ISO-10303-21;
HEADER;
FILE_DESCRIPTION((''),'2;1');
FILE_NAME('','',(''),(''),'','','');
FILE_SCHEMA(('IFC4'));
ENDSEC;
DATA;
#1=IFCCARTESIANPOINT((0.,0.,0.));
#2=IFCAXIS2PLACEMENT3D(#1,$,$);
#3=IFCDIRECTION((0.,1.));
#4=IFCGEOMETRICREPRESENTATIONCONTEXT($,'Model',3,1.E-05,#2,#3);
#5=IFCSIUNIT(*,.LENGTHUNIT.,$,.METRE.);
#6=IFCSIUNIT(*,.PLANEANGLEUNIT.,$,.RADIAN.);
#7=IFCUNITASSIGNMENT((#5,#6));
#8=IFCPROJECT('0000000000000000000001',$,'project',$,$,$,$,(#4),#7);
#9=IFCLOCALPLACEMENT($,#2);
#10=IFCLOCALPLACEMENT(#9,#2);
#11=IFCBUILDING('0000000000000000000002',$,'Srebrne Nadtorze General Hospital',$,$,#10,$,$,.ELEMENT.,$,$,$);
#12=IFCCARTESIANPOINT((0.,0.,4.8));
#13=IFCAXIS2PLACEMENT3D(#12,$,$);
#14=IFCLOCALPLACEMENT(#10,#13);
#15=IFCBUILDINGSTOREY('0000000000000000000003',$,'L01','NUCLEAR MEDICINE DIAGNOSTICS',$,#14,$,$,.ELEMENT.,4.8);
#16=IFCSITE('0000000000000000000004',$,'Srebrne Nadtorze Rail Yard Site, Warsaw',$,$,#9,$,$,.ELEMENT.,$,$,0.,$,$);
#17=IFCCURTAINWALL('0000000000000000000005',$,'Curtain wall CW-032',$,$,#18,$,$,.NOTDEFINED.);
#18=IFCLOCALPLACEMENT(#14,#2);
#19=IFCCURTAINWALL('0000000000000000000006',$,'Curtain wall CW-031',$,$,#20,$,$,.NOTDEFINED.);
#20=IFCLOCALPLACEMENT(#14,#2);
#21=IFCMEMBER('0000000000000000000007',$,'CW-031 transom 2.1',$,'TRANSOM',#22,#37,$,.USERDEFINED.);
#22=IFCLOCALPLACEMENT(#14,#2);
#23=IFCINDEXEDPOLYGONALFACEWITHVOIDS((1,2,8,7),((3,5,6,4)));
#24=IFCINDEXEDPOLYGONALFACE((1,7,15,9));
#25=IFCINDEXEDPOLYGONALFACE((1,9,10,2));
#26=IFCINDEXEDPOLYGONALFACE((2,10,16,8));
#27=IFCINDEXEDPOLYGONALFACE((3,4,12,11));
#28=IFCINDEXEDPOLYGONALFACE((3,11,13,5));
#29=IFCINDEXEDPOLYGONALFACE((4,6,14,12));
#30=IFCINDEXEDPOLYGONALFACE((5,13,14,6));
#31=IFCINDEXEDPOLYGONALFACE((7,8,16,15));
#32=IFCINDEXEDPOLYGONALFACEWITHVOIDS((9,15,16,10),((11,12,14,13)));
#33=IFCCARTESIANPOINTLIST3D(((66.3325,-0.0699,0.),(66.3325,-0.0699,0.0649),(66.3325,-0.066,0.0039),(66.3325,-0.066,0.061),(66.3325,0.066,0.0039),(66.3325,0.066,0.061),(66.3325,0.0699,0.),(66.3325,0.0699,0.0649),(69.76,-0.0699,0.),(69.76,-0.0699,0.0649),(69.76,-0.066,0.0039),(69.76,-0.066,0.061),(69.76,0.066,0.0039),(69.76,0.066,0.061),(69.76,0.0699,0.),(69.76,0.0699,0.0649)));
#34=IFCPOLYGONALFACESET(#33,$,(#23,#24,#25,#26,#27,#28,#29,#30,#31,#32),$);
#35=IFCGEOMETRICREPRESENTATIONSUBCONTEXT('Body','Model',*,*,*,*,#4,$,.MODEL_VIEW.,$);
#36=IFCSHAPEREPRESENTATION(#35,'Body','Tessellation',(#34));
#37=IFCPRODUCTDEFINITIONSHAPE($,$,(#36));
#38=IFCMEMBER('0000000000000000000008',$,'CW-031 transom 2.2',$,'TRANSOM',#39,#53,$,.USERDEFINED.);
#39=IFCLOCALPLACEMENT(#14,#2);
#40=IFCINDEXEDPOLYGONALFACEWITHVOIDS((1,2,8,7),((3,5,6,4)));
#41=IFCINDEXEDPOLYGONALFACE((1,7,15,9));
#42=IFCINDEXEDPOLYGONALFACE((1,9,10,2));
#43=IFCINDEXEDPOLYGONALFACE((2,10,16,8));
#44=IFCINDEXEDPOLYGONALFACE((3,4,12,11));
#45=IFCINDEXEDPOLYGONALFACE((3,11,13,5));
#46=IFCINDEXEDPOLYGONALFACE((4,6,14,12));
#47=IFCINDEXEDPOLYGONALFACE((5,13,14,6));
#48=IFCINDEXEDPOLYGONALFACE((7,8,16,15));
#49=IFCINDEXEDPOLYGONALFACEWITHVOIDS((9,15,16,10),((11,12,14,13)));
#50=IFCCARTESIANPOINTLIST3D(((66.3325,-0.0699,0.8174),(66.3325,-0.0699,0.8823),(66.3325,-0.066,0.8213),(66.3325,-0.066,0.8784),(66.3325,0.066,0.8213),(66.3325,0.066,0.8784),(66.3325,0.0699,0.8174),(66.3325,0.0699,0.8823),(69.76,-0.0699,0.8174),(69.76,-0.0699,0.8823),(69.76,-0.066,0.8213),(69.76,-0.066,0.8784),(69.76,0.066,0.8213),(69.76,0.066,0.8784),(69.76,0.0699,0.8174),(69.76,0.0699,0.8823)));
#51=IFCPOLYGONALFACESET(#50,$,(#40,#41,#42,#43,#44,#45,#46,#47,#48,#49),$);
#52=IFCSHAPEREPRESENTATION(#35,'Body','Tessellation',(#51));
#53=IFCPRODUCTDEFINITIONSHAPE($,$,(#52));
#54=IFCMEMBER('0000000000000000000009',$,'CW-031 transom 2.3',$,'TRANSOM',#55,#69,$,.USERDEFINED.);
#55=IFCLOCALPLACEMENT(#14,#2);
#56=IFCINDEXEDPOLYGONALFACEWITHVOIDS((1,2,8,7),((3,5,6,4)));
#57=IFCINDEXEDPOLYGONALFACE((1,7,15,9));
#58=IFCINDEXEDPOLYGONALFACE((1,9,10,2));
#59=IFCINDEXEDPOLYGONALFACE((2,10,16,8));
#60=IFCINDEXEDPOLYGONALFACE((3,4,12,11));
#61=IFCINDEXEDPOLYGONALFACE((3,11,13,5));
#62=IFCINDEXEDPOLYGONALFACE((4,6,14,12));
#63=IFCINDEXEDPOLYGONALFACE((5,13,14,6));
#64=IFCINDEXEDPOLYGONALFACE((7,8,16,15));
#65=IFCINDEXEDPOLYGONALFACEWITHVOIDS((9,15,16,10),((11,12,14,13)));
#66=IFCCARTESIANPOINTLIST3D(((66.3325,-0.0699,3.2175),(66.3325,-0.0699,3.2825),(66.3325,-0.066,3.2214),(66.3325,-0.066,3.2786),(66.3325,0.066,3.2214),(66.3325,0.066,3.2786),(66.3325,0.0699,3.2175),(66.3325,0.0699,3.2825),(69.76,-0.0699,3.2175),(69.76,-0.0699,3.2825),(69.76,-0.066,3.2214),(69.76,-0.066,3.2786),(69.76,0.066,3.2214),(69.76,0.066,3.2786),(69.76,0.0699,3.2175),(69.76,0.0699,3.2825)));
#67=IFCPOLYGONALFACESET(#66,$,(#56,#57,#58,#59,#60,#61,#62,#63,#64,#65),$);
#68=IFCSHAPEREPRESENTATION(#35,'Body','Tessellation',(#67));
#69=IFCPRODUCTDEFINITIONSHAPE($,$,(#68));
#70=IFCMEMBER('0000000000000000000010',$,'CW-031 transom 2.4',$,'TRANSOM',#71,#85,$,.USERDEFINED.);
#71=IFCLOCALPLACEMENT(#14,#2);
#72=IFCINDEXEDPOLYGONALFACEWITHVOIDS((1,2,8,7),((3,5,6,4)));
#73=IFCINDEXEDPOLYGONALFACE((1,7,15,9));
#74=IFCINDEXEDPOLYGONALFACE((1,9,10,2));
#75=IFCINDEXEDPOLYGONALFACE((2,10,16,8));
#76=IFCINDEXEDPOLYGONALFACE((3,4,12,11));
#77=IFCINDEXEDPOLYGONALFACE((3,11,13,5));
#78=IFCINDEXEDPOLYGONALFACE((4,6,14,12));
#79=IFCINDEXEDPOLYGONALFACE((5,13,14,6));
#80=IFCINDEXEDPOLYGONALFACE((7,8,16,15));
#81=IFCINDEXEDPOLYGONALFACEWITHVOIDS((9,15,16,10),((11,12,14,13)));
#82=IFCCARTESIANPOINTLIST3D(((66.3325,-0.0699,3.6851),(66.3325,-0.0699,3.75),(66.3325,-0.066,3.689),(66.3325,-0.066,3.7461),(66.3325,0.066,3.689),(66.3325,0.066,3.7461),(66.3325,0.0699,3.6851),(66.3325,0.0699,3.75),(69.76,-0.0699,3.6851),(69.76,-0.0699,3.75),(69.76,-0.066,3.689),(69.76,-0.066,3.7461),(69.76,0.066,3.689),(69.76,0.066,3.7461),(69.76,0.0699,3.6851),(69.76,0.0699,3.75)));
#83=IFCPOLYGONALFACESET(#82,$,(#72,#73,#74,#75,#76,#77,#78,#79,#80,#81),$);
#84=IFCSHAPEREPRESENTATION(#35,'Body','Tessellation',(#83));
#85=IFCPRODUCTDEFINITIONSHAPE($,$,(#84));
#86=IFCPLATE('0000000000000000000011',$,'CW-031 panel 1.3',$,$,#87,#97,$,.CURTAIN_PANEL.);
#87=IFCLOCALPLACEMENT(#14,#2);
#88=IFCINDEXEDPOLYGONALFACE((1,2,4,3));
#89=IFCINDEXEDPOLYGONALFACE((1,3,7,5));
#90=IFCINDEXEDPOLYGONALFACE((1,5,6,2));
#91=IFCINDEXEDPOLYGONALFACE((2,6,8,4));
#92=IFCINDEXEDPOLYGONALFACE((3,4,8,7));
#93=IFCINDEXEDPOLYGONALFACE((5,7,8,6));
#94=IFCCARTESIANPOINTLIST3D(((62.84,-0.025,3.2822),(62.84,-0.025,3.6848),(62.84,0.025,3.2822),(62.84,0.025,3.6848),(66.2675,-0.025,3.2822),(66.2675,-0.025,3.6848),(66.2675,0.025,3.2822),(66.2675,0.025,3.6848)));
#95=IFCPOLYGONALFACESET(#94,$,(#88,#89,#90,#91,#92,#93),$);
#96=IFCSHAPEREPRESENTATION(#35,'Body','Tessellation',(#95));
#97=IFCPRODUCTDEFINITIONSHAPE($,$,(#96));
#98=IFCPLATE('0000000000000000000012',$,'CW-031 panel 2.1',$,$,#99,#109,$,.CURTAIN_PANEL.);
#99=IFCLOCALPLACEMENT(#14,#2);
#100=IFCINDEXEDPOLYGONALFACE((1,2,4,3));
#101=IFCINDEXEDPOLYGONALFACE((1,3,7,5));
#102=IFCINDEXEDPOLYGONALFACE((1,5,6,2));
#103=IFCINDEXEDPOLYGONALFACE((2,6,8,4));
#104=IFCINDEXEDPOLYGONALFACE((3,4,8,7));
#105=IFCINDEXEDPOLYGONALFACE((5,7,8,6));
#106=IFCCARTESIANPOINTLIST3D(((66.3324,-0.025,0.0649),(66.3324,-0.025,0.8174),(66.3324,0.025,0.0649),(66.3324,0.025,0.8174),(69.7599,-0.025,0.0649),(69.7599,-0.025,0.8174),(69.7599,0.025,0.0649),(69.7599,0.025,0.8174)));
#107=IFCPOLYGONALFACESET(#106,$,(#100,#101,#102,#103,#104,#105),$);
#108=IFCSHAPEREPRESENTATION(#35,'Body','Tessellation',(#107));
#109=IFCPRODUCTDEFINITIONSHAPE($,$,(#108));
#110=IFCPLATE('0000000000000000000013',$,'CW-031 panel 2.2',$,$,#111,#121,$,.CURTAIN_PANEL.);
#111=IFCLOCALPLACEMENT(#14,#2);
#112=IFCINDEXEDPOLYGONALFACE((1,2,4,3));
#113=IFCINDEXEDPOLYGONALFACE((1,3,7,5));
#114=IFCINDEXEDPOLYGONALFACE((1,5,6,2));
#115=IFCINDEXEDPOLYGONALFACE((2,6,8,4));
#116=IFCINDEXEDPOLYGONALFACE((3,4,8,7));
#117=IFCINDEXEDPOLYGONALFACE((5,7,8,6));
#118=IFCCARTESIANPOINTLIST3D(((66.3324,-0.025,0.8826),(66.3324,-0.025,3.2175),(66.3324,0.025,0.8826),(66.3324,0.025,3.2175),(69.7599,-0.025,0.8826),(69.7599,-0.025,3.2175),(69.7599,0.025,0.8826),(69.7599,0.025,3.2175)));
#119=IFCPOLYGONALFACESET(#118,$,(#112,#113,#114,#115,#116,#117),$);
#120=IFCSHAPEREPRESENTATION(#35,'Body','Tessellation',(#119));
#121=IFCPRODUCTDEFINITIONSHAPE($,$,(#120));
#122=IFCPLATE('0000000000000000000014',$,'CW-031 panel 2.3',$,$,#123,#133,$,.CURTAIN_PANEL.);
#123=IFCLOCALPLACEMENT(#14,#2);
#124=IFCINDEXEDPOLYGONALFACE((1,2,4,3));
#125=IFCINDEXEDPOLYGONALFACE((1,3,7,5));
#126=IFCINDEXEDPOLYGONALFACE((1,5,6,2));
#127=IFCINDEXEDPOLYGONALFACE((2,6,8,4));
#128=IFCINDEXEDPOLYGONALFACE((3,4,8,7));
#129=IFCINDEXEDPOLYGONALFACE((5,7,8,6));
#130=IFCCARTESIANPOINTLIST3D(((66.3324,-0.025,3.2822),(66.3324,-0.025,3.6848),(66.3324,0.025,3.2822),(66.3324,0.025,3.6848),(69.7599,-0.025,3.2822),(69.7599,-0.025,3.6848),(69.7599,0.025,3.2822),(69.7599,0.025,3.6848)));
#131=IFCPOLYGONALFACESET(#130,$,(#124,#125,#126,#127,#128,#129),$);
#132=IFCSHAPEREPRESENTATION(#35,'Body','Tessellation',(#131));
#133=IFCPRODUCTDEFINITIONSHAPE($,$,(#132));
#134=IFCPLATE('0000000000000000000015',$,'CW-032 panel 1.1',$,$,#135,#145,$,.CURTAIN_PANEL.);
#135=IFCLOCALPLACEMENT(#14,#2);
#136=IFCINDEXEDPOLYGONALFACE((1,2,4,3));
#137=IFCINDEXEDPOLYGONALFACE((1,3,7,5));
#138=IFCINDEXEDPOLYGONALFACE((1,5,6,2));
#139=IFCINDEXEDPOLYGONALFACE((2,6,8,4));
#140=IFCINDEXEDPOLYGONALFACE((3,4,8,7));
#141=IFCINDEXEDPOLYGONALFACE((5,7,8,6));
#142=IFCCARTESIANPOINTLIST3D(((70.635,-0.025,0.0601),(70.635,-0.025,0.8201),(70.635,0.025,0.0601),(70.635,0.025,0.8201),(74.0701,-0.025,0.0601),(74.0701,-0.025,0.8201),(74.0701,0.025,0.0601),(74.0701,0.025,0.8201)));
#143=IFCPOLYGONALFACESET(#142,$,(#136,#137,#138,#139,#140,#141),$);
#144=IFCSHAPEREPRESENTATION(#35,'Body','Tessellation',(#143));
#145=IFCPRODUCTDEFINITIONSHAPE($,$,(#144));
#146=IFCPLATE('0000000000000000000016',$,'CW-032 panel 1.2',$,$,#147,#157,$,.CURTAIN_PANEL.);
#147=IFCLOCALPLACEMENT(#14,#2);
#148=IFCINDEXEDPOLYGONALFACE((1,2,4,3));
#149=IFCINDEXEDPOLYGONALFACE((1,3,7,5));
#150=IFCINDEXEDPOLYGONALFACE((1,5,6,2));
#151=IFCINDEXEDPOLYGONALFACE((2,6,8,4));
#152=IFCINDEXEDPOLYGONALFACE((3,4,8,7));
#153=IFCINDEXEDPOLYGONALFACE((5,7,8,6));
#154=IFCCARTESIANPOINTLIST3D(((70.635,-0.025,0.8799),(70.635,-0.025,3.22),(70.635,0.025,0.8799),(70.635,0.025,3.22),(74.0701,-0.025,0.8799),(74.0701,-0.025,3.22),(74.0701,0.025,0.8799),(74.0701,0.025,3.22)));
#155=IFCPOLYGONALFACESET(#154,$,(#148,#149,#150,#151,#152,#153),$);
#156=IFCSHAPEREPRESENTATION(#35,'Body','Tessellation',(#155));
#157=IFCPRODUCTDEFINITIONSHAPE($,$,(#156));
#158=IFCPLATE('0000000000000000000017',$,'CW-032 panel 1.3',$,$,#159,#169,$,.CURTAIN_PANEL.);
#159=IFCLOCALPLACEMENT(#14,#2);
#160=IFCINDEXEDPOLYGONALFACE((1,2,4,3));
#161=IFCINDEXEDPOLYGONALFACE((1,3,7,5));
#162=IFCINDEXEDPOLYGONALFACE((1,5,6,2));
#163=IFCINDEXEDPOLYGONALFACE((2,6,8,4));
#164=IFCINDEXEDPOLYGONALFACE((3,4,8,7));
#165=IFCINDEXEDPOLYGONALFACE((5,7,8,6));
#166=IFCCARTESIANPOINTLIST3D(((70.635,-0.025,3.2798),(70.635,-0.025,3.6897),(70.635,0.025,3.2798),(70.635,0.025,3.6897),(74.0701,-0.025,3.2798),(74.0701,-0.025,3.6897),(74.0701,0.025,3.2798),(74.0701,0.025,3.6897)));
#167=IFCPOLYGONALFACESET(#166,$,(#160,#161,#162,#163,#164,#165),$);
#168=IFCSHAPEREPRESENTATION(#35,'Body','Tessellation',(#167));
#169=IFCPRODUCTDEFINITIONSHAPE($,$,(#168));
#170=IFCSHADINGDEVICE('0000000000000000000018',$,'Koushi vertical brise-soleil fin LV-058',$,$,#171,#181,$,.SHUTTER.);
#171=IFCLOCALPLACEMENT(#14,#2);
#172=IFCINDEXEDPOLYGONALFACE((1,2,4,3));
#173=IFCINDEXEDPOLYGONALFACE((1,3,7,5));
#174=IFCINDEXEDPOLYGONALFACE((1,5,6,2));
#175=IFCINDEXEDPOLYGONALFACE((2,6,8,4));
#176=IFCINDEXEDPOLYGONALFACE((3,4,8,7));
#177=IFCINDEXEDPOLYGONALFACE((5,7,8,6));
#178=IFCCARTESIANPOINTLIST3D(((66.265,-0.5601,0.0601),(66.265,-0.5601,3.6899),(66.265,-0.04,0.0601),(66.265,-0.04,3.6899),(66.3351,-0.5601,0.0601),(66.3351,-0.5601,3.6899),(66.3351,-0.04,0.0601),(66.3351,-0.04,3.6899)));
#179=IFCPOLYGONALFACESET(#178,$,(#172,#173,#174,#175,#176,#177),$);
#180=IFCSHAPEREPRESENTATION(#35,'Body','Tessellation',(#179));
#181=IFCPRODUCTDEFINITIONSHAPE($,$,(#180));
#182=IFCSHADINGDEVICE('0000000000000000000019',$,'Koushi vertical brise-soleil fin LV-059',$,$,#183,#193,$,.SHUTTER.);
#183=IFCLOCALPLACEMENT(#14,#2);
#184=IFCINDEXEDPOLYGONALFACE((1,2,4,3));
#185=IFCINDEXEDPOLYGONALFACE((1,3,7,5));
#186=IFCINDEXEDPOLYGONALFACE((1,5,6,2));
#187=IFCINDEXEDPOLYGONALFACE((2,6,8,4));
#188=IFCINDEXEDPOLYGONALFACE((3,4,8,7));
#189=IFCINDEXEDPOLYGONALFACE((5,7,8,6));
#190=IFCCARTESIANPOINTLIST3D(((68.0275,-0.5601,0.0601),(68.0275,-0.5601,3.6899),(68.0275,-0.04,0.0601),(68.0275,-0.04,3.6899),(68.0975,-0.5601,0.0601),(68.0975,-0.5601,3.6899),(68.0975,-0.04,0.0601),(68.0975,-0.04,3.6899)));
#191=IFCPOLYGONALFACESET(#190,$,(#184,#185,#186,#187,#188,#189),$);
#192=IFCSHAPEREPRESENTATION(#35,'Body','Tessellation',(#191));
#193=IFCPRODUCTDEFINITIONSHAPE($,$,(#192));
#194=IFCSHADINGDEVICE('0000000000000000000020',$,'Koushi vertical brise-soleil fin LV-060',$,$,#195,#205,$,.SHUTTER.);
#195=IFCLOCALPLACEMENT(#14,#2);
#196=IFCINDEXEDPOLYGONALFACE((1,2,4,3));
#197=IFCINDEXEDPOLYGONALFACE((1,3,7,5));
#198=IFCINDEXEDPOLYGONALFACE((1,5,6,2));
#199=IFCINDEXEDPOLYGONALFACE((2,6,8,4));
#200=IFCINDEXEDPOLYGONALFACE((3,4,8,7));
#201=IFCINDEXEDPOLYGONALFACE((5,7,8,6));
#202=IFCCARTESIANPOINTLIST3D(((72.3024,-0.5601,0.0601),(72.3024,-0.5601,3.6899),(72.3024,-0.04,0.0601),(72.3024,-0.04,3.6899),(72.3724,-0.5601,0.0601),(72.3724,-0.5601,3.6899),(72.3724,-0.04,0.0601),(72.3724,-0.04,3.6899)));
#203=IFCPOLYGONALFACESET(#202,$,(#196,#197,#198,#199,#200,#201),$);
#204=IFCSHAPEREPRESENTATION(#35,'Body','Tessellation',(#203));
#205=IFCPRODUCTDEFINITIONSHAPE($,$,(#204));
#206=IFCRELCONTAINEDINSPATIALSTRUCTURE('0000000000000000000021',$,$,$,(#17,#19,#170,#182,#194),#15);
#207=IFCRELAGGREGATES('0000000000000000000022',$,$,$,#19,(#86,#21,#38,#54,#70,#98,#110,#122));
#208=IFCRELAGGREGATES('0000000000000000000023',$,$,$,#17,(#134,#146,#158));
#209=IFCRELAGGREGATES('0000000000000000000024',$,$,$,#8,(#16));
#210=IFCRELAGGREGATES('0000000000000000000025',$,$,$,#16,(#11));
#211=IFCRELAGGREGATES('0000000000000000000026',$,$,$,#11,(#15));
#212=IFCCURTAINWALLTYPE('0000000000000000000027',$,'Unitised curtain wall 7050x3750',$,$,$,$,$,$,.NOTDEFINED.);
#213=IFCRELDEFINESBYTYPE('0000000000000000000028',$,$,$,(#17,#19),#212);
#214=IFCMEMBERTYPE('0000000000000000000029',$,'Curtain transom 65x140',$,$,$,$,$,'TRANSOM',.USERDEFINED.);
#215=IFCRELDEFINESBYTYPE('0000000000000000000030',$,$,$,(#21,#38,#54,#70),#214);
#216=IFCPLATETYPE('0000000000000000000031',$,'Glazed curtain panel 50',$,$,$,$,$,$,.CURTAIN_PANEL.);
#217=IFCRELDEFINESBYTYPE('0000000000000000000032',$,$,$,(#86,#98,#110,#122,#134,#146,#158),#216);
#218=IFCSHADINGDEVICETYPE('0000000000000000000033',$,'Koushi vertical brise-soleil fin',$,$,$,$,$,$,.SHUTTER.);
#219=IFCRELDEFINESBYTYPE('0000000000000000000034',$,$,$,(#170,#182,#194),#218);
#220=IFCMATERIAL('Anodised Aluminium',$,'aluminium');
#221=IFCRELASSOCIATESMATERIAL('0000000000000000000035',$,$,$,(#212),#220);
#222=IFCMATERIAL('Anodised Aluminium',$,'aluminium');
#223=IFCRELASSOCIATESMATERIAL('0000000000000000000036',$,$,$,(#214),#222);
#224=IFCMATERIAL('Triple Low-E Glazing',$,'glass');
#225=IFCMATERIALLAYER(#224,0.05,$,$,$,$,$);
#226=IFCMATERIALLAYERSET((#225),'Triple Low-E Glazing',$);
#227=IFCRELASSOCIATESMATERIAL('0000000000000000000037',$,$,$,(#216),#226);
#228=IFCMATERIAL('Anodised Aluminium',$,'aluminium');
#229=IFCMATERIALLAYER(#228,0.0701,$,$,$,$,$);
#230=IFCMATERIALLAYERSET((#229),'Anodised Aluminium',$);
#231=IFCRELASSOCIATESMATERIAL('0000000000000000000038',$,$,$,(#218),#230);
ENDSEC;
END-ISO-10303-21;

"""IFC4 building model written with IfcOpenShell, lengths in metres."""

from ifc_helpers import new_model, si_unit, direction, frame, origin, origin_2d, place, context, subcontext, project, spatial, rectangle, hollow_rectangle, extrude, material, layer, layer_set, material_profile, profile_set, type_object, element, aggregate, save


model = new_model("IFC4")

# Units and contexts
model_context = context("Model", 3, precision=1e-05, world=origin(), true_north=direction((0.0, 1.0)))
body_context = subcontext(model_context, "Body", "Model", "MODEL_VIEW")
ifc_project = project(units=[si_unit("LENGTHUNIT", "METRE"), si_unit("PLANEANGLEUNIT", "RADIAN")], contexts=[model_context])

# Site, building, storey
site_placement = place(None, origin())
site = spatial("IfcSite", under=ifc_project, at=site_placement, Name="Srebrne Nadtorze Rail Yard Site, Warsaw", CompositionType="ELEMENT", RefElevation=0.0)
building_placement = place(site_placement, origin())
building = spatial("IfcBuilding", under=site, at=building_placement, Name="Srebrne Nadtorze General Hospital", CompositionType="ELEMENT")
storey_placement = place(building_placement, frame((0.0, 0.0, 4.8)))
storey = spatial("IfcBuildingStorey", under=building, at=storey_placement, Name="L01", Description="NUCLEAR MEDICINE DIAGNOSTICS", CompositionType="ELEMENT", Elevation=4.8)

# Curtain walls
ifc_material_1 = material(Name="Anodised Aluminium", Category="aluminium")
curtain_wall_type = type_object("IfcCurtainWallType", Name="Unitised curtain wall 7050x3750", PredefinedType="NOTDEFINED", material=ifc_material_1)
curtain_wall_1_placement = place(storey_placement, origin())
curtain_wall_1 = element("IfcCurtainWall", 1, at=curtain_wall_1_placement, inside=storey, type_object=curtain_wall_type, Name="Curtain wall CW-032", PredefinedType="NOTDEFINED")
curtain_wall_2_placement = place(storey_placement, origin())
curtain_wall_2 = element("IfcCurtainWall", 2, at=curtain_wall_2_placement, inside=storey, type_object=curtain_wall_type, Name="Curtain wall CW-031", PredefinedType="NOTDEFINED")

# Members
ifc_material_2 = material(Name="Anodised Aluminium", Category="aluminium")
ifc_material_profile_1 = material_profile(ifc_material_2, hollow_rectangle(XDim=0.0649, YDim=0.1399, WallThickness=0.0039, at=origin_2d()), Name="AL-TRN-65x140")
ifc_profile_set_1 = profile_set([ifc_material_profile_1], Name="Anodised Aluminium")
member_type_1 = type_object("IfcMemberType", Name="Curtain transom 65x140", ElementType="TRANSOM", PredefinedType="USERDEFINED", material=ifc_profile_set_1)
member_1_placement = place(storey_placement, frame((66.3325, 0.0, 0.0325), z_axis=(1.0, 0.0, 0.0), x_axis=(0.0, 0.0, 1.0)))
member_1 = element("IfcMember", 3, at=member_1_placement, type_object=member_type_1, Name="CW-031 transom 2.1", ObjectType="TRANSOM", PredefinedType="USERDEFINED", context=body_context, shape_type="SweptSolid", body=[
    extrude(hollow_rectangle(XDim=0.0649, YDim=0.1399, WallThickness=0.0039, at=origin_2d()), origin(), (0.0, 0.0, 1.0), 3.4275),
])
member_2_placement = place(storey_placement, frame((66.3325, 0.0, 0.8499), z_axis=(1.0, 0.0, 0.0), x_axis=(0.0, 0.0, 1.0)))
member_2 = element("IfcMember", 4, at=member_2_placement, type_object=member_type_1, Name="CW-031 transom 2.2", ObjectType="TRANSOM", PredefinedType="USERDEFINED", context=body_context, shape_type="SweptSolid", body=[
    extrude(hollow_rectangle(XDim=0.0649, YDim=0.1399, WallThickness=0.0039, at=origin_2d()), origin(), (0.0, 0.0, 1.0), 3.4275),
])
member_3_placement = place(storey_placement, frame((66.3325, 0.0, 3.25), z_axis=(1.0, 0.0, 0.0), x_axis=(0.0, 0.0, 1.0)))
member_3 = element("IfcMember", 5, at=member_3_placement, type_object=member_type_1, Name="CW-031 transom 2.3", ObjectType="TRANSOM", PredefinedType="USERDEFINED", context=body_context, shape_type="SweptSolid", body=[
    extrude(hollow_rectangle(XDim=0.0649, YDim=0.1399, WallThickness=0.0039, at=origin_2d()), origin(), (0.0, 0.0, 1.0), 3.4275),
])
member_4_placement = place(storey_placement, frame((66.3325, 0.0, 3.7175), z_axis=(1.0, 0.0, 0.0), x_axis=(0.0, 0.0, 1.0)))
member_4 = element("IfcMember", 6, at=member_4_placement, type_object=member_type_1, Name="CW-031 transom 2.4", ObjectType="TRANSOM", PredefinedType="USERDEFINED", context=body_context, shape_type="SweptSolid", body=[
    extrude(hollow_rectangle(XDim=0.0649, YDim=0.1399, WallThickness=0.0039, at=origin_2d()), origin(), (0.0, 0.0, 1.0), 3.4275),
])

# Plates
ifc_material_3 = material(Name="Triple Low-E Glazing", Category="glass")
ifc_layer_1 = layer(ifc_material_3, 0.05)
ifc_layer_set_1 = layer_set([ifc_layer_1], Name="Triple Low-E Glazing")
plate_type = type_object("IfcPlateType", Name="Glazed curtain panel 50", PredefinedType="CURTAIN_PANEL", material=ifc_layer_set_1)
plate_1_placement = place(storey_placement, frame((64.5537, 0.0, 3.2822), z_axis=(0.0, 0.0, 1.0), x_axis=(1.0, 0.0, 0.0)))
plate_1 = element("IfcPlate", 7, at=plate_1_placement, type_object=plate_type, Name="CW-031 panel 1.3", PredefinedType="CURTAIN_PANEL", context=body_context, shape_type="SweptSolid", body=[
    extrude(rectangle(XDim=3.4275, YDim=0.05, at=origin_2d()), origin(), (0.0, 0.0, 1.0), 0.4026),
])
plate_2_placement = place(storey_placement, frame((68.0461, 0.0, 0.0649), z_axis=(0.0, 0.0, 1.0), x_axis=(1.0, 0.0, 0.0)))
plate_2 = element("IfcPlate", 8, at=plate_2_placement, type_object=plate_type, Name="CW-031 panel 2.1", PredefinedType="CURTAIN_PANEL", context=body_context, shape_type="SweptSolid", body=[
    extrude(rectangle(XDim=3.4275, YDim=0.05, at=origin_2d()), origin(), (0.0, 0.0, 1.0), 0.7524),
])
plate_3_placement = place(storey_placement, frame((68.0461, 0.0, 0.8826), z_axis=(0.0, 0.0, 1.0), x_axis=(1.0, 0.0, 0.0)))
plate_3 = element("IfcPlate", 9, at=plate_3_placement, type_object=plate_type, Name="CW-031 panel 2.2", PredefinedType="CURTAIN_PANEL", context=body_context, shape_type="SweptSolid", body=[
    extrude(rectangle(XDim=3.4275, YDim=0.05, at=origin_2d()), origin(), (0.0, 0.0, 1.0), 2.335),
])
plate_4_placement = place(storey_placement, frame((68.0461, 0.0, 3.2822), z_axis=(0.0, 0.0, 1.0), x_axis=(1.0, 0.0, 0.0)))
plate_4 = element("IfcPlate", 10, at=plate_4_placement, type_object=plate_type, Name="CW-031 panel 2.3", PredefinedType="CURTAIN_PANEL", context=body_context, shape_type="SweptSolid", body=[
    extrude(rectangle(XDim=3.4275, YDim=0.05, at=origin_2d()), origin(), (0.0, 0.0, 1.0), 0.4026),
])
aggregate(curtain_wall_2, [plate_1, member_1, member_2, member_3, member_4, plate_2, plate_3, plate_4])
plate_5_placement = place(storey_placement, frame((72.3525, 0.0, 0.0601), z_axis=(0.0, 0.0, 1.0), x_axis=(1.0, 0.0, 0.0)))
plate_5 = element("IfcPlate", 11, at=plate_5_placement, type_object=plate_type, Name="CW-032 panel 1.1", PredefinedType="CURTAIN_PANEL", context=body_context, shape_type="SweptSolid", body=[
    extrude(rectangle(XDim=3.4351, YDim=0.05, at=origin_2d()), origin(), (0.0, 0.0, 1.0), 0.76),
])
plate_6_placement = place(storey_placement, frame((72.3525, 0.0, 0.8799), z_axis=(0.0, 0.0, 1.0), x_axis=(1.0, 0.0, 0.0)))
plate_6 = element("IfcPlate", 12, at=plate_6_placement, type_object=plate_type, Name="CW-032 panel 1.2", PredefinedType="CURTAIN_PANEL", context=body_context, shape_type="SweptSolid", body=[
    extrude(rectangle(XDim=3.4351, YDim=0.05, at=origin_2d()), origin(), (0.0, 0.0, 1.0), 2.3401),
])
plate_7_placement = place(storey_placement, frame((72.3525, 0.0, 3.2798), z_axis=(0.0, 0.0, 1.0), x_axis=(1.0, 0.0, 0.0)))
plate_7 = element("IfcPlate", 13, at=plate_7_placement, type_object=plate_type, Name="CW-032 panel 1.3", PredefinedType="CURTAIN_PANEL", context=body_context, shape_type="SweptSolid", body=[
    extrude(rectangle(XDim=3.4351, YDim=0.05, at=origin_2d()), origin(), (0.0, 0.0, 1.0), 0.4099),
])
aggregate(curtain_wall_1, [plate_5, plate_6, plate_7])

# Shading devices
ifc_material_4 = material(Name="Anodised Aluminium", Category="aluminium")
ifc_layer_2 = layer(ifc_material_4, 0.0701)
ifc_layer_set_2 = layer_set([ifc_layer_2], Name="Anodised Aluminium")
shading_device_type = type_object("IfcShadingDeviceType", Name="Koushi vertical brise-soleil fin", PredefinedType="SHUTTER", material=ifc_layer_set_2)
for number, where, z_axis, x_axis, name in (
    (14, (66.3, -0.3, 0.0601), (0.0, 0.0, 1.0), (1.0, 0.0, 0.0), "Koushi vertical brise-soleil fin LV-058"),
    (15, (68.0625, -0.3, 0.0601), (0.0, 0.0, 1.0), (1.0, 0.0, 0.0), "Koushi vertical brise-soleil fin LV-059"),
    (16, (72.3374, -0.3, 0.0601), (0.0, 0.0, 1.0), (1.0, 0.0, 0.0), "Koushi vertical brise-soleil fin LV-060"),
):
    element("IfcShadingDevice", number, at=place(storey_placement, frame(where, z_axis=z_axis, x_axis=x_axis)), inside=storey, type_object=shading_device_type, Name=name, PredefinedType="SHUTTER", context=body_context, shape_type="SweptSolid", body=[
        extrude(rectangle(XDim=0.0701, YDim=0.52, at=origin_2d()), origin(), (0.0, 0.0, 1.0), 3.6299),
    ])

save(model, "model.ifc")
